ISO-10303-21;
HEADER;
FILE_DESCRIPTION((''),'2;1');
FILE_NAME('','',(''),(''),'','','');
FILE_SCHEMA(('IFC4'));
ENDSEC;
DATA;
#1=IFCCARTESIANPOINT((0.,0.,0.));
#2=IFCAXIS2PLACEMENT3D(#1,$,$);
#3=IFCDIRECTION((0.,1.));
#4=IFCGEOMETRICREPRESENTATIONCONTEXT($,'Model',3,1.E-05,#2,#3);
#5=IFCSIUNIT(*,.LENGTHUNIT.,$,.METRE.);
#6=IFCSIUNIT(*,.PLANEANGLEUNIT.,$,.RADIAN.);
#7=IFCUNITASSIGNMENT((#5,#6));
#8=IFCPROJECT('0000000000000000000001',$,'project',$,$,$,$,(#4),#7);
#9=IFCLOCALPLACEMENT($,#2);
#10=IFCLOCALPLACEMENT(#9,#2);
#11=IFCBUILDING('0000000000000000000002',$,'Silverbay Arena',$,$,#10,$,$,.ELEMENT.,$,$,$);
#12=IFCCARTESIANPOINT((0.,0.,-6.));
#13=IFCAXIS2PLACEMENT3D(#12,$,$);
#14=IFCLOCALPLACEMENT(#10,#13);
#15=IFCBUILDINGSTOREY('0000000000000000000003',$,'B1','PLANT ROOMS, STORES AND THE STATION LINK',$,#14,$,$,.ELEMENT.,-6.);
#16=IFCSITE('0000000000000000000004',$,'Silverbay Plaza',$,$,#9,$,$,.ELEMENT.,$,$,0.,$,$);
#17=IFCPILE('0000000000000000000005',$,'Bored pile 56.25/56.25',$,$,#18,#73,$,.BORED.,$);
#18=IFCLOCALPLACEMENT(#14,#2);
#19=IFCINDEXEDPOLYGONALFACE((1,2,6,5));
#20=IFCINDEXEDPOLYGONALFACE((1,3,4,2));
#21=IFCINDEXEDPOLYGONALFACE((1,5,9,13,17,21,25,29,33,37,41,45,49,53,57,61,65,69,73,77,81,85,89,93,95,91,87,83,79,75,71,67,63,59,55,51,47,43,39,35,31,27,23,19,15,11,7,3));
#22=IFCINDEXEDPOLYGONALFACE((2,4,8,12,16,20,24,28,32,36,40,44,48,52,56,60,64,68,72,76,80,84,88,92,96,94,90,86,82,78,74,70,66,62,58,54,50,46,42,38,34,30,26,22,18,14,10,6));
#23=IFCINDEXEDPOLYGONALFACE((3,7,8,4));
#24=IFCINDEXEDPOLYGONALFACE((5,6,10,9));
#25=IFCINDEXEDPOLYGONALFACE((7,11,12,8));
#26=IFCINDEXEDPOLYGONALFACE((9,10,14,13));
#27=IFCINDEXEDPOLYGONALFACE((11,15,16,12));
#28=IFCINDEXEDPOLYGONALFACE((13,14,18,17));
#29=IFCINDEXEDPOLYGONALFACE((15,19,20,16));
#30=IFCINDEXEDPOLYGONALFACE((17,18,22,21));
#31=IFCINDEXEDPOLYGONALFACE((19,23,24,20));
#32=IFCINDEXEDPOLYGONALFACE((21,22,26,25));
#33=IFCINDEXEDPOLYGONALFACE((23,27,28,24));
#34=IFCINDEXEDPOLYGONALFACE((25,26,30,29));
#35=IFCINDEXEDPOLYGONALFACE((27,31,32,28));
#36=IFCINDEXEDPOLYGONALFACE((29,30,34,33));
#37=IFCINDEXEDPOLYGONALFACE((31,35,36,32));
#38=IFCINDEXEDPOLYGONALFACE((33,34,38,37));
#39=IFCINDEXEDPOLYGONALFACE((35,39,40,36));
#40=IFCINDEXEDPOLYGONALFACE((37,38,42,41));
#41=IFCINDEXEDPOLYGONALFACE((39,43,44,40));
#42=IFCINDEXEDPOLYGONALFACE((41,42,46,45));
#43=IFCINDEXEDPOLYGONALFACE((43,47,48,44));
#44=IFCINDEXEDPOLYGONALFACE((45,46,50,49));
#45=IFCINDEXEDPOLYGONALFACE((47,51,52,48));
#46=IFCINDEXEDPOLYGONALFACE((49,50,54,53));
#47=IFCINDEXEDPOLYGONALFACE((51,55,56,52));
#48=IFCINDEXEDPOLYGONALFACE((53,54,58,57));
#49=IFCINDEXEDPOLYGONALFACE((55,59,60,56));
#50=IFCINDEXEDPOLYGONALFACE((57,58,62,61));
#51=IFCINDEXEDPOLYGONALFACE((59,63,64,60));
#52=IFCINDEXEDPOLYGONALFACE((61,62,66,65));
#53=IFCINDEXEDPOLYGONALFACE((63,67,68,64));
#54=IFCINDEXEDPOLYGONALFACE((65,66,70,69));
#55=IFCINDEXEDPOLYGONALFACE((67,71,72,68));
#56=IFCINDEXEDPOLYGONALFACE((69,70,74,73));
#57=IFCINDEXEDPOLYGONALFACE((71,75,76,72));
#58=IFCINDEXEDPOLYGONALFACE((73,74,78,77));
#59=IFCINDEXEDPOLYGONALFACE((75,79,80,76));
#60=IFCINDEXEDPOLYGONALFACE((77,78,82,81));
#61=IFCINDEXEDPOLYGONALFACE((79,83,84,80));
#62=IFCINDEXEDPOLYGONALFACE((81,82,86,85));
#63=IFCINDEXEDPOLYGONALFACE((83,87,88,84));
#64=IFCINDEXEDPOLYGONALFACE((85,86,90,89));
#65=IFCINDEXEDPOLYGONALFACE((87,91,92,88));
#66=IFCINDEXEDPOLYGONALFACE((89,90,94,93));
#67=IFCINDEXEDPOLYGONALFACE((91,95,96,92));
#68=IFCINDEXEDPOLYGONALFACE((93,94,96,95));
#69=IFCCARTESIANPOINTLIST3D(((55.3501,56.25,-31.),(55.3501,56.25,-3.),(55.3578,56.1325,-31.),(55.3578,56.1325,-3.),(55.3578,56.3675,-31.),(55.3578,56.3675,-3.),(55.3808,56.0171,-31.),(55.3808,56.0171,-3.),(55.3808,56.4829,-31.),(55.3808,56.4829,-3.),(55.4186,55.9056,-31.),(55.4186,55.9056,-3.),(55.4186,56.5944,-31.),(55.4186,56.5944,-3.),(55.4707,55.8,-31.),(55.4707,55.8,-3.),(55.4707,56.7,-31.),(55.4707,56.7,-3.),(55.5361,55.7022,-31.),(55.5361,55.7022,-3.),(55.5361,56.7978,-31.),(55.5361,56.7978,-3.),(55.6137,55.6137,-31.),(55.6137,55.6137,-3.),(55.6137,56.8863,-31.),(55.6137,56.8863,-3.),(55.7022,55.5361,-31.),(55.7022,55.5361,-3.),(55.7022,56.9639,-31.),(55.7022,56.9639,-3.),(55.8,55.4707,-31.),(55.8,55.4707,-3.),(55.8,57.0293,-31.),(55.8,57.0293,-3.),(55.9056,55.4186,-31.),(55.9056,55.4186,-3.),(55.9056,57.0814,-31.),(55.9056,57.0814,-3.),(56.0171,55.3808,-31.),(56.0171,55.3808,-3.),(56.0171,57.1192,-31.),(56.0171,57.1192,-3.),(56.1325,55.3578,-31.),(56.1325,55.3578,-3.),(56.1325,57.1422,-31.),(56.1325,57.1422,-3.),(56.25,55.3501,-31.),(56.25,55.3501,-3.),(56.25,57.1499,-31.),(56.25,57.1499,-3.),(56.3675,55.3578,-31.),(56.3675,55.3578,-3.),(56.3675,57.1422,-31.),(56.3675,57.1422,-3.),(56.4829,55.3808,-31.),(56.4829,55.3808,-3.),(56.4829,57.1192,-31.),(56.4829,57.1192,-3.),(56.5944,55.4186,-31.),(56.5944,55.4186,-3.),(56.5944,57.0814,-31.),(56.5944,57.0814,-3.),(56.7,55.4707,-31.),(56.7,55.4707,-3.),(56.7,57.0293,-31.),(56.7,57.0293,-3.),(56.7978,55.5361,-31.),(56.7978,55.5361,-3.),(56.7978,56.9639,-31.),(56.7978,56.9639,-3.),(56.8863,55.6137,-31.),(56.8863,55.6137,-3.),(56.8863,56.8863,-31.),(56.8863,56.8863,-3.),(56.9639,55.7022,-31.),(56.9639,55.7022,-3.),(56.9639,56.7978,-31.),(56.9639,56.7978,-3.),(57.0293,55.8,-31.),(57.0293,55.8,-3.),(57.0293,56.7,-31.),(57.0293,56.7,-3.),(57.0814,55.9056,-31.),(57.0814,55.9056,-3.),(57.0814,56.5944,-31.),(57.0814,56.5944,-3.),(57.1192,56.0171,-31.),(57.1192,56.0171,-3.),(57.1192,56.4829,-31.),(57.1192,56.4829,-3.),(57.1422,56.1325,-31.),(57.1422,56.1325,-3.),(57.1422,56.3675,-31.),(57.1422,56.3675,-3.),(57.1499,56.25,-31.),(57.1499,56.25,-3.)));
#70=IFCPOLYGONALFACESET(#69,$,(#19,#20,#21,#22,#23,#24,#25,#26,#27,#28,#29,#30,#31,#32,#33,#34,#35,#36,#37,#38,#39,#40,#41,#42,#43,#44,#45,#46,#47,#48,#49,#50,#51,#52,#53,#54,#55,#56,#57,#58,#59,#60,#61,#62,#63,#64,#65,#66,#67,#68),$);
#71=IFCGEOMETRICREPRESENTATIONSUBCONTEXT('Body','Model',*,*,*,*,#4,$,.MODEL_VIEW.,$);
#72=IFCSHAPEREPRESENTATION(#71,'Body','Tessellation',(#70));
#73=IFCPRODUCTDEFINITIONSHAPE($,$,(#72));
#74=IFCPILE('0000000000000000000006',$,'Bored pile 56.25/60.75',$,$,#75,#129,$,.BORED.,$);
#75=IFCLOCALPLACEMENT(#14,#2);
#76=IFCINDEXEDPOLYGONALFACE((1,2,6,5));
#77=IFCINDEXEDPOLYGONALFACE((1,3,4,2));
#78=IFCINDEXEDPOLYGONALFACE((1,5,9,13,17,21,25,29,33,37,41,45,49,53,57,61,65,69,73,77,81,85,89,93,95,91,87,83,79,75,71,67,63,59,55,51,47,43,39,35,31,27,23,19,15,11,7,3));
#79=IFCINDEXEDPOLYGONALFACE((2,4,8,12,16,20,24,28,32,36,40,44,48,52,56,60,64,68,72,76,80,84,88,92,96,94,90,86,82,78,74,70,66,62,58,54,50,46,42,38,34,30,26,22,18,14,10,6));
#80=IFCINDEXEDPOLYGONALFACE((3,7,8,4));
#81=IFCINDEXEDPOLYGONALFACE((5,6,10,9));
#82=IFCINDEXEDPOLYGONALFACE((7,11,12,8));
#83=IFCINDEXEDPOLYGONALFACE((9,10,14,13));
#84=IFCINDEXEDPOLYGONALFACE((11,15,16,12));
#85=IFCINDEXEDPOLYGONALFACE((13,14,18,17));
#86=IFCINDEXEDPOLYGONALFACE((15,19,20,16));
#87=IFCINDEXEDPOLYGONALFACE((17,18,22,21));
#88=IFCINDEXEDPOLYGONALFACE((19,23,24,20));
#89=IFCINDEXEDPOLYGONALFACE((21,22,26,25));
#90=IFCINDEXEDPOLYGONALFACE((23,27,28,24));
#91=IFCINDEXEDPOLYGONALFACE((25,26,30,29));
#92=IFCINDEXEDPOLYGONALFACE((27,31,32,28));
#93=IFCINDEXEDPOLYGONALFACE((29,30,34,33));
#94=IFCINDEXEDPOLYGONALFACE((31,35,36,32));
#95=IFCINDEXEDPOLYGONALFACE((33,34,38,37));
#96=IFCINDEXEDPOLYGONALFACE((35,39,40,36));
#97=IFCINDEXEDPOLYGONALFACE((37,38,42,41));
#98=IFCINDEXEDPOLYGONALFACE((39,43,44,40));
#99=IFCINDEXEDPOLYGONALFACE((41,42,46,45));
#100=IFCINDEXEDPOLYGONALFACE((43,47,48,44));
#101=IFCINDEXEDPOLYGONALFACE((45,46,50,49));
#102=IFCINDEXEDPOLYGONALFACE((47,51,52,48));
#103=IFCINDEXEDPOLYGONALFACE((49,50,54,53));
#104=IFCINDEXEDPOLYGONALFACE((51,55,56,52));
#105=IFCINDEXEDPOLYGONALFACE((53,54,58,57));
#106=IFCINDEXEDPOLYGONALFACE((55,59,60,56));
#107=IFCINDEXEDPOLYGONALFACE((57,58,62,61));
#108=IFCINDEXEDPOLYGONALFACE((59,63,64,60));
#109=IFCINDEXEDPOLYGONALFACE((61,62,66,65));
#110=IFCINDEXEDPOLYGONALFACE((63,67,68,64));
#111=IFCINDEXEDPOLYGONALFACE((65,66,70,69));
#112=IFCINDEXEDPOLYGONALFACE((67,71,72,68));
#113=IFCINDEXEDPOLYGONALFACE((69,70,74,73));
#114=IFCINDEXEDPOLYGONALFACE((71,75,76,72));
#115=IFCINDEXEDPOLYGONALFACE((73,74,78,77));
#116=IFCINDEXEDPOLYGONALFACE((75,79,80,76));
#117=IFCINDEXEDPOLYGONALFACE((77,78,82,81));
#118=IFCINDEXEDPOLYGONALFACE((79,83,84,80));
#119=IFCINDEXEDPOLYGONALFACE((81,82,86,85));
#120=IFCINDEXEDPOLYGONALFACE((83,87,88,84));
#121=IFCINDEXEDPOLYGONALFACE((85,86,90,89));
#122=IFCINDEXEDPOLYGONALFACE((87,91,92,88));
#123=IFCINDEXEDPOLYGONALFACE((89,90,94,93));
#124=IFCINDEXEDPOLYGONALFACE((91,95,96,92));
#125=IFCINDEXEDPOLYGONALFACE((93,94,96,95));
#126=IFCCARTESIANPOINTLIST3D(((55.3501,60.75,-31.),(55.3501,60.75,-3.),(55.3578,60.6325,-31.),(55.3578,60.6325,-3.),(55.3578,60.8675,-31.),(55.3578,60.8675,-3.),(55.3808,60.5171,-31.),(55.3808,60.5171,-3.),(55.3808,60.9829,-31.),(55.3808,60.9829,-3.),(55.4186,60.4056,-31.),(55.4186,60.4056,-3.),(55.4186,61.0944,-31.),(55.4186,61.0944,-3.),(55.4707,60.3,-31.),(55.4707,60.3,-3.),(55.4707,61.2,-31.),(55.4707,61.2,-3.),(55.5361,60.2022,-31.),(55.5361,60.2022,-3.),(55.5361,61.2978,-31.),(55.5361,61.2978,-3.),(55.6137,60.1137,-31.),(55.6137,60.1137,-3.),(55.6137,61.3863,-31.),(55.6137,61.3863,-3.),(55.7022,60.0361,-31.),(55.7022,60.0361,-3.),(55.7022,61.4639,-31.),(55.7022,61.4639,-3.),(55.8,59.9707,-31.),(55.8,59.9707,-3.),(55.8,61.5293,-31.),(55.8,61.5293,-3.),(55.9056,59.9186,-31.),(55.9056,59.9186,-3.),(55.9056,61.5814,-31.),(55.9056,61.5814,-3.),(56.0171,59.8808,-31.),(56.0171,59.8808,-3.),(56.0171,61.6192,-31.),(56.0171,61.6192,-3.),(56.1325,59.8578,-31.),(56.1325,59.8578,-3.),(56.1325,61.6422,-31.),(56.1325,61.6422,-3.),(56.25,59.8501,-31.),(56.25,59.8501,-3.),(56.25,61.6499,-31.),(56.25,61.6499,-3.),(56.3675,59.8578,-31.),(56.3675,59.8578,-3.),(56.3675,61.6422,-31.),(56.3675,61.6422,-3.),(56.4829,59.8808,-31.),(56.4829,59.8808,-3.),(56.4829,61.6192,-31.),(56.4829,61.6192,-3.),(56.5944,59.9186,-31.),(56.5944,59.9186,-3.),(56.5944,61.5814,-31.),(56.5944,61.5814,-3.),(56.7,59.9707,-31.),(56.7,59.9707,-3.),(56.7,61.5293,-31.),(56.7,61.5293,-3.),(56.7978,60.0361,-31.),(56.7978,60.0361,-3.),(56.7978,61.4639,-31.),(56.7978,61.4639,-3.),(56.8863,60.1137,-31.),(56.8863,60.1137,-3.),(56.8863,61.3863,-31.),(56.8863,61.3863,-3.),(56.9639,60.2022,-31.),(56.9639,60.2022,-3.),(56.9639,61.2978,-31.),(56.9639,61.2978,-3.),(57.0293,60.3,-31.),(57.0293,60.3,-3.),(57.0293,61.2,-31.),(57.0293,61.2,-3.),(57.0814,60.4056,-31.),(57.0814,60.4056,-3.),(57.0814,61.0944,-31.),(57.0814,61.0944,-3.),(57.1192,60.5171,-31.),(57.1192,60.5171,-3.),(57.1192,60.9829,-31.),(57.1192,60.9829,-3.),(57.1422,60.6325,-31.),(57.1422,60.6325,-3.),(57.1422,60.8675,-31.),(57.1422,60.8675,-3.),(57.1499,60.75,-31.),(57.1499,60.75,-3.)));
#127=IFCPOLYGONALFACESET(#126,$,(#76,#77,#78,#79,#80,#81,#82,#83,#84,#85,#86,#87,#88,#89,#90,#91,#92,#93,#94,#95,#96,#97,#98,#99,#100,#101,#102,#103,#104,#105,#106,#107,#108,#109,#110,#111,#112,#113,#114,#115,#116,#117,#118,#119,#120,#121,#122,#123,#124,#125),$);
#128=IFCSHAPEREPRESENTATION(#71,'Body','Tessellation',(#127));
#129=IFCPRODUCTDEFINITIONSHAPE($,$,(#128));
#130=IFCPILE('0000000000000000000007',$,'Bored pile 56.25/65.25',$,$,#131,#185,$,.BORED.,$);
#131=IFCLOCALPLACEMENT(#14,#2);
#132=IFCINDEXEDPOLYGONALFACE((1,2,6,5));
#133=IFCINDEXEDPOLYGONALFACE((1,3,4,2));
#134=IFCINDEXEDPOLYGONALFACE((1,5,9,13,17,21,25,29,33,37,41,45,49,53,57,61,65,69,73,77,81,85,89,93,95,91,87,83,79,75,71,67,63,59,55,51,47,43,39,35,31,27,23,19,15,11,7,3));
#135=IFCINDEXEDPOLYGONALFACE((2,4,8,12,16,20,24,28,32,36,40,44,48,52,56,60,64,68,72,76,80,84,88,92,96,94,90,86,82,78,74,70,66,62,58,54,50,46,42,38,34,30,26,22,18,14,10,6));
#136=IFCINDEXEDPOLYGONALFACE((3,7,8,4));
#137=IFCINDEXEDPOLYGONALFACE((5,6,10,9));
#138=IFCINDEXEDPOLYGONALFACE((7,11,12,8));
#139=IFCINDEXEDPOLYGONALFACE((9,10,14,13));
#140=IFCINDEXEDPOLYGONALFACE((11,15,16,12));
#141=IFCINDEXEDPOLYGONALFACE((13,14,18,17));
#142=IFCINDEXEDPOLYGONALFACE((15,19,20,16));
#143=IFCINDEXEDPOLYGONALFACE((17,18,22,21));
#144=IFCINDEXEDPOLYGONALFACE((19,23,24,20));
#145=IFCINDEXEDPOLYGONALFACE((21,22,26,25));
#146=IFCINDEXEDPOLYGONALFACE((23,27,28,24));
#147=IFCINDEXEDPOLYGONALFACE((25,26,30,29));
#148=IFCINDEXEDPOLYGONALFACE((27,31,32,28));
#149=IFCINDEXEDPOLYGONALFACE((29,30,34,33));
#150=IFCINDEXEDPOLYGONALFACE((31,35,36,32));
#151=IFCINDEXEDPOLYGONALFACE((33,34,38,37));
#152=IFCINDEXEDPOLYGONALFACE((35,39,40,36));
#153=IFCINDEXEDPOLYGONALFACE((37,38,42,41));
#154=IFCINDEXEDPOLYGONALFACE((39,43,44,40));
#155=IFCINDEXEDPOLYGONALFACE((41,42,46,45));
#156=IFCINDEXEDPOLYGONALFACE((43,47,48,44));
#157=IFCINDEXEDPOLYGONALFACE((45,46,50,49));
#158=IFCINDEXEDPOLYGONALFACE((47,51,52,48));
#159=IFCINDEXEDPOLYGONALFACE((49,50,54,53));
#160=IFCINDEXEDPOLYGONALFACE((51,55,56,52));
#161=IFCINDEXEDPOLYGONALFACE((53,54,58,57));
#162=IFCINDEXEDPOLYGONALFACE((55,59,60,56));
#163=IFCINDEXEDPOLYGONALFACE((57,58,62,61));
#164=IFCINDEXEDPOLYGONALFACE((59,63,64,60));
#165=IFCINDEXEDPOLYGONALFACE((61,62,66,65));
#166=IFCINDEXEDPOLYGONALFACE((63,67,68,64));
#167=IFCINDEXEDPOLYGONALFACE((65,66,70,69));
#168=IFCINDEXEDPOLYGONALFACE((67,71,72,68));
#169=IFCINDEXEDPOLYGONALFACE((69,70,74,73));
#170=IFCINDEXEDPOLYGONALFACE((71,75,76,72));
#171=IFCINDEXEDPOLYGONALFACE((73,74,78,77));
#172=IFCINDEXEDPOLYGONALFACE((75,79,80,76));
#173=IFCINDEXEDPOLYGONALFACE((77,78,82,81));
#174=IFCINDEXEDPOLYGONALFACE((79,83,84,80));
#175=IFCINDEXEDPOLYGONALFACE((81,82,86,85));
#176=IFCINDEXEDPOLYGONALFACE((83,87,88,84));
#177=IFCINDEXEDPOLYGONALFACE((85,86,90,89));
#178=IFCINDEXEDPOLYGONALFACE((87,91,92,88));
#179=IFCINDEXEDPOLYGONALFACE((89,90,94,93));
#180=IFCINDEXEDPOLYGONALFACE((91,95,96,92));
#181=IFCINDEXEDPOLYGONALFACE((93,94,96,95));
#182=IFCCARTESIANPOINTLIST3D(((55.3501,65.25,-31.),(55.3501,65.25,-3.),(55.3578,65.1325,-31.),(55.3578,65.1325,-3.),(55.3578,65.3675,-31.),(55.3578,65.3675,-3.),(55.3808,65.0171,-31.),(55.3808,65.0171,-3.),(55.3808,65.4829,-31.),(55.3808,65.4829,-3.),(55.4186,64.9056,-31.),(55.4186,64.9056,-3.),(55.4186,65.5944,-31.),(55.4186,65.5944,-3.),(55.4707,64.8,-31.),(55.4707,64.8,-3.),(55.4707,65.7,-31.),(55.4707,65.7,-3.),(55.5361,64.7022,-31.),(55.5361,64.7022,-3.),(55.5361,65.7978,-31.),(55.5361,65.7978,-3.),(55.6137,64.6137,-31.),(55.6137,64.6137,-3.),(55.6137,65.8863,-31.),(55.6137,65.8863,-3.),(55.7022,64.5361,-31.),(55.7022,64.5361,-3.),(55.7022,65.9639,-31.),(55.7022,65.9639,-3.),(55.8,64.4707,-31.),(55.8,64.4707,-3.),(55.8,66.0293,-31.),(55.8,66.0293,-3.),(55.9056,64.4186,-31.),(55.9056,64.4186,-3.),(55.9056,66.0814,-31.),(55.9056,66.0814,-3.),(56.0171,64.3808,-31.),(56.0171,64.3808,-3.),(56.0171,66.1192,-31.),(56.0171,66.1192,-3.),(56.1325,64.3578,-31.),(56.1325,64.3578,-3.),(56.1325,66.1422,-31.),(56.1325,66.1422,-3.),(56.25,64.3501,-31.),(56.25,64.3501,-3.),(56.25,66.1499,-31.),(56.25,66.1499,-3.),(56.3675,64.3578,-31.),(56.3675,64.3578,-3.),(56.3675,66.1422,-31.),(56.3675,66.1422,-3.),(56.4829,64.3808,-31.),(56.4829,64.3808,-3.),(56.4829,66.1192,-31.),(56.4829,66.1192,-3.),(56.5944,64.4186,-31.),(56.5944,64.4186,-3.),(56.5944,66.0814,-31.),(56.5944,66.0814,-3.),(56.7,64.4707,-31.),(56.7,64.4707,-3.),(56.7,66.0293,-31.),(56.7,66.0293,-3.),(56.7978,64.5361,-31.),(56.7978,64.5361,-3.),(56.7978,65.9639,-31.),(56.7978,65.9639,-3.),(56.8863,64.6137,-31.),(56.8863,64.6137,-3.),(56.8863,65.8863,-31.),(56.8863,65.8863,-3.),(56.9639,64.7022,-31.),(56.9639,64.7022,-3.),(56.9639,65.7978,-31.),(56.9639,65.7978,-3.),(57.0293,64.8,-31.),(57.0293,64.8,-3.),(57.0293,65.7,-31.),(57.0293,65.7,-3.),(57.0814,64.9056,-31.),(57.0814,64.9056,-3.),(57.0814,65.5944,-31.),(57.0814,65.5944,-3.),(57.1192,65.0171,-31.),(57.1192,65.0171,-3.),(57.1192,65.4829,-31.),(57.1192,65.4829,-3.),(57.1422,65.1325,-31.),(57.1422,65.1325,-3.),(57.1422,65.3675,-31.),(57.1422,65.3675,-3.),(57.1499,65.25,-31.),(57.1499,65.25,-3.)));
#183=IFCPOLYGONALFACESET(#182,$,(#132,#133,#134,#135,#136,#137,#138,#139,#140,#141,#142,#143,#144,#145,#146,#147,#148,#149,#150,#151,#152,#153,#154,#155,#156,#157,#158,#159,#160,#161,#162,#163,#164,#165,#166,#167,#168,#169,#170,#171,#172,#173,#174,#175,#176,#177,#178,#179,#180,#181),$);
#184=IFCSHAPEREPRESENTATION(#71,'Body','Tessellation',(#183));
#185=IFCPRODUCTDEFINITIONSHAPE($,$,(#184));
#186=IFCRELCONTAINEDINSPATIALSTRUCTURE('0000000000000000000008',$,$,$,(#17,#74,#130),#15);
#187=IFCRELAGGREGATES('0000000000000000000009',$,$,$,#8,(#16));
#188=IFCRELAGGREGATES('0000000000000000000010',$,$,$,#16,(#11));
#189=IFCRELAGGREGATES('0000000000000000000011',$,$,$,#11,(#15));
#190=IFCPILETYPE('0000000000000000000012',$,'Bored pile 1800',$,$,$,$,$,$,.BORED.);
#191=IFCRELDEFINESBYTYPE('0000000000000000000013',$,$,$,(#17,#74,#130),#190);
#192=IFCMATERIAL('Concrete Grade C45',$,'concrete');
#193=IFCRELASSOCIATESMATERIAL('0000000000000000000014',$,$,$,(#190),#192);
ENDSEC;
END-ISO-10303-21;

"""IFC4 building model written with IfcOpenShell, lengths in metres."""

from ifc_helpers import new_model, si_unit, direction, frame, origin, origin_2d, place, context, subcontext, project, spatial, circle, extrude, material, material_profile, profile_set, type_object, element, save


model = new_model("IFC4")

# Units and contexts
model_context = context("Model", 3, precision=1e-05, world=origin(), true_north=direction((0.0, 1.0)))
body_context = subcontext(model_context, "Body", "Model", "MODEL_VIEW")
ifc_project = project(units=[si_unit("LENGTHUNIT", "METRE"), si_unit("PLANEANGLEUNIT", "RADIAN")], contexts=[model_context])

# Site, building, storey
site_placement = place(None, origin())
site = spatial("IfcSite", under=ifc_project, at=site_placement, Name="Silverbay Plaza", CompositionType="ELEMENT", RefElevation=0.0)
building_placement = place(site_placement, origin())
building = spatial("IfcBuilding", under=site, at=building_placement, Name="Silverbay Arena", CompositionType="ELEMENT")
storey_placement = place(building_placement, frame((0.0, 0.0, -6.0)))
storey = spatial("IfcBuildingStorey", under=building, at=storey_placement, Name="B1", Description="PLANT ROOMS, STORES AND THE STATION LINK", CompositionType="ELEMENT", Elevation=-6.0)

# Piles
ifc_material_1 = material(Name="Concrete Grade C45", Category="concrete")
ifc_material_profile_1 = material_profile(ifc_material_1, circle(Radius=0.8999, at=origin_2d()), Name="Bored pile 1800")
ifc_profile_set_1 = profile_set([ifc_material_profile_1], Name="Concrete Grade C45")
pile_type_1 = type_object("IfcPileType", Name="Bored pile 1800", PredefinedType="BORED", material=ifc_profile_set_1)
for number, where, z_axis, x_axis, name in (
    (1, (56.25, 56.25, -3.0), (0.0, 0.0, -1.0), (1.0, 0.0, 0.0), "Bored pile 56.25/56.25"),
    (2, (56.25, 60.75, -3.0), (0.0, 0.0, -1.0), (1.0, 0.0, 0.0), "Bored pile 56.25/60.75"),
    (3, (56.25, 65.25, -3.0), (0.0, 0.0, -1.0), (1.0, 0.0, 0.0), "Bored pile 56.25/65.25"),
):
    element("IfcPile", number, at=place(storey_placement, frame(where, z_axis=z_axis, x_axis=x_axis)), inside=storey, type_object=pile_type_1, Name=name, PredefinedType="BORED", context=body_context, shape_type="SweptSolid", body=[
        extrude(circle(Radius=0.8999, at=origin_2d()), origin(), (0.0, 0.0, 1.0), 28.0),
    ])

save(model, "model.ifc")
